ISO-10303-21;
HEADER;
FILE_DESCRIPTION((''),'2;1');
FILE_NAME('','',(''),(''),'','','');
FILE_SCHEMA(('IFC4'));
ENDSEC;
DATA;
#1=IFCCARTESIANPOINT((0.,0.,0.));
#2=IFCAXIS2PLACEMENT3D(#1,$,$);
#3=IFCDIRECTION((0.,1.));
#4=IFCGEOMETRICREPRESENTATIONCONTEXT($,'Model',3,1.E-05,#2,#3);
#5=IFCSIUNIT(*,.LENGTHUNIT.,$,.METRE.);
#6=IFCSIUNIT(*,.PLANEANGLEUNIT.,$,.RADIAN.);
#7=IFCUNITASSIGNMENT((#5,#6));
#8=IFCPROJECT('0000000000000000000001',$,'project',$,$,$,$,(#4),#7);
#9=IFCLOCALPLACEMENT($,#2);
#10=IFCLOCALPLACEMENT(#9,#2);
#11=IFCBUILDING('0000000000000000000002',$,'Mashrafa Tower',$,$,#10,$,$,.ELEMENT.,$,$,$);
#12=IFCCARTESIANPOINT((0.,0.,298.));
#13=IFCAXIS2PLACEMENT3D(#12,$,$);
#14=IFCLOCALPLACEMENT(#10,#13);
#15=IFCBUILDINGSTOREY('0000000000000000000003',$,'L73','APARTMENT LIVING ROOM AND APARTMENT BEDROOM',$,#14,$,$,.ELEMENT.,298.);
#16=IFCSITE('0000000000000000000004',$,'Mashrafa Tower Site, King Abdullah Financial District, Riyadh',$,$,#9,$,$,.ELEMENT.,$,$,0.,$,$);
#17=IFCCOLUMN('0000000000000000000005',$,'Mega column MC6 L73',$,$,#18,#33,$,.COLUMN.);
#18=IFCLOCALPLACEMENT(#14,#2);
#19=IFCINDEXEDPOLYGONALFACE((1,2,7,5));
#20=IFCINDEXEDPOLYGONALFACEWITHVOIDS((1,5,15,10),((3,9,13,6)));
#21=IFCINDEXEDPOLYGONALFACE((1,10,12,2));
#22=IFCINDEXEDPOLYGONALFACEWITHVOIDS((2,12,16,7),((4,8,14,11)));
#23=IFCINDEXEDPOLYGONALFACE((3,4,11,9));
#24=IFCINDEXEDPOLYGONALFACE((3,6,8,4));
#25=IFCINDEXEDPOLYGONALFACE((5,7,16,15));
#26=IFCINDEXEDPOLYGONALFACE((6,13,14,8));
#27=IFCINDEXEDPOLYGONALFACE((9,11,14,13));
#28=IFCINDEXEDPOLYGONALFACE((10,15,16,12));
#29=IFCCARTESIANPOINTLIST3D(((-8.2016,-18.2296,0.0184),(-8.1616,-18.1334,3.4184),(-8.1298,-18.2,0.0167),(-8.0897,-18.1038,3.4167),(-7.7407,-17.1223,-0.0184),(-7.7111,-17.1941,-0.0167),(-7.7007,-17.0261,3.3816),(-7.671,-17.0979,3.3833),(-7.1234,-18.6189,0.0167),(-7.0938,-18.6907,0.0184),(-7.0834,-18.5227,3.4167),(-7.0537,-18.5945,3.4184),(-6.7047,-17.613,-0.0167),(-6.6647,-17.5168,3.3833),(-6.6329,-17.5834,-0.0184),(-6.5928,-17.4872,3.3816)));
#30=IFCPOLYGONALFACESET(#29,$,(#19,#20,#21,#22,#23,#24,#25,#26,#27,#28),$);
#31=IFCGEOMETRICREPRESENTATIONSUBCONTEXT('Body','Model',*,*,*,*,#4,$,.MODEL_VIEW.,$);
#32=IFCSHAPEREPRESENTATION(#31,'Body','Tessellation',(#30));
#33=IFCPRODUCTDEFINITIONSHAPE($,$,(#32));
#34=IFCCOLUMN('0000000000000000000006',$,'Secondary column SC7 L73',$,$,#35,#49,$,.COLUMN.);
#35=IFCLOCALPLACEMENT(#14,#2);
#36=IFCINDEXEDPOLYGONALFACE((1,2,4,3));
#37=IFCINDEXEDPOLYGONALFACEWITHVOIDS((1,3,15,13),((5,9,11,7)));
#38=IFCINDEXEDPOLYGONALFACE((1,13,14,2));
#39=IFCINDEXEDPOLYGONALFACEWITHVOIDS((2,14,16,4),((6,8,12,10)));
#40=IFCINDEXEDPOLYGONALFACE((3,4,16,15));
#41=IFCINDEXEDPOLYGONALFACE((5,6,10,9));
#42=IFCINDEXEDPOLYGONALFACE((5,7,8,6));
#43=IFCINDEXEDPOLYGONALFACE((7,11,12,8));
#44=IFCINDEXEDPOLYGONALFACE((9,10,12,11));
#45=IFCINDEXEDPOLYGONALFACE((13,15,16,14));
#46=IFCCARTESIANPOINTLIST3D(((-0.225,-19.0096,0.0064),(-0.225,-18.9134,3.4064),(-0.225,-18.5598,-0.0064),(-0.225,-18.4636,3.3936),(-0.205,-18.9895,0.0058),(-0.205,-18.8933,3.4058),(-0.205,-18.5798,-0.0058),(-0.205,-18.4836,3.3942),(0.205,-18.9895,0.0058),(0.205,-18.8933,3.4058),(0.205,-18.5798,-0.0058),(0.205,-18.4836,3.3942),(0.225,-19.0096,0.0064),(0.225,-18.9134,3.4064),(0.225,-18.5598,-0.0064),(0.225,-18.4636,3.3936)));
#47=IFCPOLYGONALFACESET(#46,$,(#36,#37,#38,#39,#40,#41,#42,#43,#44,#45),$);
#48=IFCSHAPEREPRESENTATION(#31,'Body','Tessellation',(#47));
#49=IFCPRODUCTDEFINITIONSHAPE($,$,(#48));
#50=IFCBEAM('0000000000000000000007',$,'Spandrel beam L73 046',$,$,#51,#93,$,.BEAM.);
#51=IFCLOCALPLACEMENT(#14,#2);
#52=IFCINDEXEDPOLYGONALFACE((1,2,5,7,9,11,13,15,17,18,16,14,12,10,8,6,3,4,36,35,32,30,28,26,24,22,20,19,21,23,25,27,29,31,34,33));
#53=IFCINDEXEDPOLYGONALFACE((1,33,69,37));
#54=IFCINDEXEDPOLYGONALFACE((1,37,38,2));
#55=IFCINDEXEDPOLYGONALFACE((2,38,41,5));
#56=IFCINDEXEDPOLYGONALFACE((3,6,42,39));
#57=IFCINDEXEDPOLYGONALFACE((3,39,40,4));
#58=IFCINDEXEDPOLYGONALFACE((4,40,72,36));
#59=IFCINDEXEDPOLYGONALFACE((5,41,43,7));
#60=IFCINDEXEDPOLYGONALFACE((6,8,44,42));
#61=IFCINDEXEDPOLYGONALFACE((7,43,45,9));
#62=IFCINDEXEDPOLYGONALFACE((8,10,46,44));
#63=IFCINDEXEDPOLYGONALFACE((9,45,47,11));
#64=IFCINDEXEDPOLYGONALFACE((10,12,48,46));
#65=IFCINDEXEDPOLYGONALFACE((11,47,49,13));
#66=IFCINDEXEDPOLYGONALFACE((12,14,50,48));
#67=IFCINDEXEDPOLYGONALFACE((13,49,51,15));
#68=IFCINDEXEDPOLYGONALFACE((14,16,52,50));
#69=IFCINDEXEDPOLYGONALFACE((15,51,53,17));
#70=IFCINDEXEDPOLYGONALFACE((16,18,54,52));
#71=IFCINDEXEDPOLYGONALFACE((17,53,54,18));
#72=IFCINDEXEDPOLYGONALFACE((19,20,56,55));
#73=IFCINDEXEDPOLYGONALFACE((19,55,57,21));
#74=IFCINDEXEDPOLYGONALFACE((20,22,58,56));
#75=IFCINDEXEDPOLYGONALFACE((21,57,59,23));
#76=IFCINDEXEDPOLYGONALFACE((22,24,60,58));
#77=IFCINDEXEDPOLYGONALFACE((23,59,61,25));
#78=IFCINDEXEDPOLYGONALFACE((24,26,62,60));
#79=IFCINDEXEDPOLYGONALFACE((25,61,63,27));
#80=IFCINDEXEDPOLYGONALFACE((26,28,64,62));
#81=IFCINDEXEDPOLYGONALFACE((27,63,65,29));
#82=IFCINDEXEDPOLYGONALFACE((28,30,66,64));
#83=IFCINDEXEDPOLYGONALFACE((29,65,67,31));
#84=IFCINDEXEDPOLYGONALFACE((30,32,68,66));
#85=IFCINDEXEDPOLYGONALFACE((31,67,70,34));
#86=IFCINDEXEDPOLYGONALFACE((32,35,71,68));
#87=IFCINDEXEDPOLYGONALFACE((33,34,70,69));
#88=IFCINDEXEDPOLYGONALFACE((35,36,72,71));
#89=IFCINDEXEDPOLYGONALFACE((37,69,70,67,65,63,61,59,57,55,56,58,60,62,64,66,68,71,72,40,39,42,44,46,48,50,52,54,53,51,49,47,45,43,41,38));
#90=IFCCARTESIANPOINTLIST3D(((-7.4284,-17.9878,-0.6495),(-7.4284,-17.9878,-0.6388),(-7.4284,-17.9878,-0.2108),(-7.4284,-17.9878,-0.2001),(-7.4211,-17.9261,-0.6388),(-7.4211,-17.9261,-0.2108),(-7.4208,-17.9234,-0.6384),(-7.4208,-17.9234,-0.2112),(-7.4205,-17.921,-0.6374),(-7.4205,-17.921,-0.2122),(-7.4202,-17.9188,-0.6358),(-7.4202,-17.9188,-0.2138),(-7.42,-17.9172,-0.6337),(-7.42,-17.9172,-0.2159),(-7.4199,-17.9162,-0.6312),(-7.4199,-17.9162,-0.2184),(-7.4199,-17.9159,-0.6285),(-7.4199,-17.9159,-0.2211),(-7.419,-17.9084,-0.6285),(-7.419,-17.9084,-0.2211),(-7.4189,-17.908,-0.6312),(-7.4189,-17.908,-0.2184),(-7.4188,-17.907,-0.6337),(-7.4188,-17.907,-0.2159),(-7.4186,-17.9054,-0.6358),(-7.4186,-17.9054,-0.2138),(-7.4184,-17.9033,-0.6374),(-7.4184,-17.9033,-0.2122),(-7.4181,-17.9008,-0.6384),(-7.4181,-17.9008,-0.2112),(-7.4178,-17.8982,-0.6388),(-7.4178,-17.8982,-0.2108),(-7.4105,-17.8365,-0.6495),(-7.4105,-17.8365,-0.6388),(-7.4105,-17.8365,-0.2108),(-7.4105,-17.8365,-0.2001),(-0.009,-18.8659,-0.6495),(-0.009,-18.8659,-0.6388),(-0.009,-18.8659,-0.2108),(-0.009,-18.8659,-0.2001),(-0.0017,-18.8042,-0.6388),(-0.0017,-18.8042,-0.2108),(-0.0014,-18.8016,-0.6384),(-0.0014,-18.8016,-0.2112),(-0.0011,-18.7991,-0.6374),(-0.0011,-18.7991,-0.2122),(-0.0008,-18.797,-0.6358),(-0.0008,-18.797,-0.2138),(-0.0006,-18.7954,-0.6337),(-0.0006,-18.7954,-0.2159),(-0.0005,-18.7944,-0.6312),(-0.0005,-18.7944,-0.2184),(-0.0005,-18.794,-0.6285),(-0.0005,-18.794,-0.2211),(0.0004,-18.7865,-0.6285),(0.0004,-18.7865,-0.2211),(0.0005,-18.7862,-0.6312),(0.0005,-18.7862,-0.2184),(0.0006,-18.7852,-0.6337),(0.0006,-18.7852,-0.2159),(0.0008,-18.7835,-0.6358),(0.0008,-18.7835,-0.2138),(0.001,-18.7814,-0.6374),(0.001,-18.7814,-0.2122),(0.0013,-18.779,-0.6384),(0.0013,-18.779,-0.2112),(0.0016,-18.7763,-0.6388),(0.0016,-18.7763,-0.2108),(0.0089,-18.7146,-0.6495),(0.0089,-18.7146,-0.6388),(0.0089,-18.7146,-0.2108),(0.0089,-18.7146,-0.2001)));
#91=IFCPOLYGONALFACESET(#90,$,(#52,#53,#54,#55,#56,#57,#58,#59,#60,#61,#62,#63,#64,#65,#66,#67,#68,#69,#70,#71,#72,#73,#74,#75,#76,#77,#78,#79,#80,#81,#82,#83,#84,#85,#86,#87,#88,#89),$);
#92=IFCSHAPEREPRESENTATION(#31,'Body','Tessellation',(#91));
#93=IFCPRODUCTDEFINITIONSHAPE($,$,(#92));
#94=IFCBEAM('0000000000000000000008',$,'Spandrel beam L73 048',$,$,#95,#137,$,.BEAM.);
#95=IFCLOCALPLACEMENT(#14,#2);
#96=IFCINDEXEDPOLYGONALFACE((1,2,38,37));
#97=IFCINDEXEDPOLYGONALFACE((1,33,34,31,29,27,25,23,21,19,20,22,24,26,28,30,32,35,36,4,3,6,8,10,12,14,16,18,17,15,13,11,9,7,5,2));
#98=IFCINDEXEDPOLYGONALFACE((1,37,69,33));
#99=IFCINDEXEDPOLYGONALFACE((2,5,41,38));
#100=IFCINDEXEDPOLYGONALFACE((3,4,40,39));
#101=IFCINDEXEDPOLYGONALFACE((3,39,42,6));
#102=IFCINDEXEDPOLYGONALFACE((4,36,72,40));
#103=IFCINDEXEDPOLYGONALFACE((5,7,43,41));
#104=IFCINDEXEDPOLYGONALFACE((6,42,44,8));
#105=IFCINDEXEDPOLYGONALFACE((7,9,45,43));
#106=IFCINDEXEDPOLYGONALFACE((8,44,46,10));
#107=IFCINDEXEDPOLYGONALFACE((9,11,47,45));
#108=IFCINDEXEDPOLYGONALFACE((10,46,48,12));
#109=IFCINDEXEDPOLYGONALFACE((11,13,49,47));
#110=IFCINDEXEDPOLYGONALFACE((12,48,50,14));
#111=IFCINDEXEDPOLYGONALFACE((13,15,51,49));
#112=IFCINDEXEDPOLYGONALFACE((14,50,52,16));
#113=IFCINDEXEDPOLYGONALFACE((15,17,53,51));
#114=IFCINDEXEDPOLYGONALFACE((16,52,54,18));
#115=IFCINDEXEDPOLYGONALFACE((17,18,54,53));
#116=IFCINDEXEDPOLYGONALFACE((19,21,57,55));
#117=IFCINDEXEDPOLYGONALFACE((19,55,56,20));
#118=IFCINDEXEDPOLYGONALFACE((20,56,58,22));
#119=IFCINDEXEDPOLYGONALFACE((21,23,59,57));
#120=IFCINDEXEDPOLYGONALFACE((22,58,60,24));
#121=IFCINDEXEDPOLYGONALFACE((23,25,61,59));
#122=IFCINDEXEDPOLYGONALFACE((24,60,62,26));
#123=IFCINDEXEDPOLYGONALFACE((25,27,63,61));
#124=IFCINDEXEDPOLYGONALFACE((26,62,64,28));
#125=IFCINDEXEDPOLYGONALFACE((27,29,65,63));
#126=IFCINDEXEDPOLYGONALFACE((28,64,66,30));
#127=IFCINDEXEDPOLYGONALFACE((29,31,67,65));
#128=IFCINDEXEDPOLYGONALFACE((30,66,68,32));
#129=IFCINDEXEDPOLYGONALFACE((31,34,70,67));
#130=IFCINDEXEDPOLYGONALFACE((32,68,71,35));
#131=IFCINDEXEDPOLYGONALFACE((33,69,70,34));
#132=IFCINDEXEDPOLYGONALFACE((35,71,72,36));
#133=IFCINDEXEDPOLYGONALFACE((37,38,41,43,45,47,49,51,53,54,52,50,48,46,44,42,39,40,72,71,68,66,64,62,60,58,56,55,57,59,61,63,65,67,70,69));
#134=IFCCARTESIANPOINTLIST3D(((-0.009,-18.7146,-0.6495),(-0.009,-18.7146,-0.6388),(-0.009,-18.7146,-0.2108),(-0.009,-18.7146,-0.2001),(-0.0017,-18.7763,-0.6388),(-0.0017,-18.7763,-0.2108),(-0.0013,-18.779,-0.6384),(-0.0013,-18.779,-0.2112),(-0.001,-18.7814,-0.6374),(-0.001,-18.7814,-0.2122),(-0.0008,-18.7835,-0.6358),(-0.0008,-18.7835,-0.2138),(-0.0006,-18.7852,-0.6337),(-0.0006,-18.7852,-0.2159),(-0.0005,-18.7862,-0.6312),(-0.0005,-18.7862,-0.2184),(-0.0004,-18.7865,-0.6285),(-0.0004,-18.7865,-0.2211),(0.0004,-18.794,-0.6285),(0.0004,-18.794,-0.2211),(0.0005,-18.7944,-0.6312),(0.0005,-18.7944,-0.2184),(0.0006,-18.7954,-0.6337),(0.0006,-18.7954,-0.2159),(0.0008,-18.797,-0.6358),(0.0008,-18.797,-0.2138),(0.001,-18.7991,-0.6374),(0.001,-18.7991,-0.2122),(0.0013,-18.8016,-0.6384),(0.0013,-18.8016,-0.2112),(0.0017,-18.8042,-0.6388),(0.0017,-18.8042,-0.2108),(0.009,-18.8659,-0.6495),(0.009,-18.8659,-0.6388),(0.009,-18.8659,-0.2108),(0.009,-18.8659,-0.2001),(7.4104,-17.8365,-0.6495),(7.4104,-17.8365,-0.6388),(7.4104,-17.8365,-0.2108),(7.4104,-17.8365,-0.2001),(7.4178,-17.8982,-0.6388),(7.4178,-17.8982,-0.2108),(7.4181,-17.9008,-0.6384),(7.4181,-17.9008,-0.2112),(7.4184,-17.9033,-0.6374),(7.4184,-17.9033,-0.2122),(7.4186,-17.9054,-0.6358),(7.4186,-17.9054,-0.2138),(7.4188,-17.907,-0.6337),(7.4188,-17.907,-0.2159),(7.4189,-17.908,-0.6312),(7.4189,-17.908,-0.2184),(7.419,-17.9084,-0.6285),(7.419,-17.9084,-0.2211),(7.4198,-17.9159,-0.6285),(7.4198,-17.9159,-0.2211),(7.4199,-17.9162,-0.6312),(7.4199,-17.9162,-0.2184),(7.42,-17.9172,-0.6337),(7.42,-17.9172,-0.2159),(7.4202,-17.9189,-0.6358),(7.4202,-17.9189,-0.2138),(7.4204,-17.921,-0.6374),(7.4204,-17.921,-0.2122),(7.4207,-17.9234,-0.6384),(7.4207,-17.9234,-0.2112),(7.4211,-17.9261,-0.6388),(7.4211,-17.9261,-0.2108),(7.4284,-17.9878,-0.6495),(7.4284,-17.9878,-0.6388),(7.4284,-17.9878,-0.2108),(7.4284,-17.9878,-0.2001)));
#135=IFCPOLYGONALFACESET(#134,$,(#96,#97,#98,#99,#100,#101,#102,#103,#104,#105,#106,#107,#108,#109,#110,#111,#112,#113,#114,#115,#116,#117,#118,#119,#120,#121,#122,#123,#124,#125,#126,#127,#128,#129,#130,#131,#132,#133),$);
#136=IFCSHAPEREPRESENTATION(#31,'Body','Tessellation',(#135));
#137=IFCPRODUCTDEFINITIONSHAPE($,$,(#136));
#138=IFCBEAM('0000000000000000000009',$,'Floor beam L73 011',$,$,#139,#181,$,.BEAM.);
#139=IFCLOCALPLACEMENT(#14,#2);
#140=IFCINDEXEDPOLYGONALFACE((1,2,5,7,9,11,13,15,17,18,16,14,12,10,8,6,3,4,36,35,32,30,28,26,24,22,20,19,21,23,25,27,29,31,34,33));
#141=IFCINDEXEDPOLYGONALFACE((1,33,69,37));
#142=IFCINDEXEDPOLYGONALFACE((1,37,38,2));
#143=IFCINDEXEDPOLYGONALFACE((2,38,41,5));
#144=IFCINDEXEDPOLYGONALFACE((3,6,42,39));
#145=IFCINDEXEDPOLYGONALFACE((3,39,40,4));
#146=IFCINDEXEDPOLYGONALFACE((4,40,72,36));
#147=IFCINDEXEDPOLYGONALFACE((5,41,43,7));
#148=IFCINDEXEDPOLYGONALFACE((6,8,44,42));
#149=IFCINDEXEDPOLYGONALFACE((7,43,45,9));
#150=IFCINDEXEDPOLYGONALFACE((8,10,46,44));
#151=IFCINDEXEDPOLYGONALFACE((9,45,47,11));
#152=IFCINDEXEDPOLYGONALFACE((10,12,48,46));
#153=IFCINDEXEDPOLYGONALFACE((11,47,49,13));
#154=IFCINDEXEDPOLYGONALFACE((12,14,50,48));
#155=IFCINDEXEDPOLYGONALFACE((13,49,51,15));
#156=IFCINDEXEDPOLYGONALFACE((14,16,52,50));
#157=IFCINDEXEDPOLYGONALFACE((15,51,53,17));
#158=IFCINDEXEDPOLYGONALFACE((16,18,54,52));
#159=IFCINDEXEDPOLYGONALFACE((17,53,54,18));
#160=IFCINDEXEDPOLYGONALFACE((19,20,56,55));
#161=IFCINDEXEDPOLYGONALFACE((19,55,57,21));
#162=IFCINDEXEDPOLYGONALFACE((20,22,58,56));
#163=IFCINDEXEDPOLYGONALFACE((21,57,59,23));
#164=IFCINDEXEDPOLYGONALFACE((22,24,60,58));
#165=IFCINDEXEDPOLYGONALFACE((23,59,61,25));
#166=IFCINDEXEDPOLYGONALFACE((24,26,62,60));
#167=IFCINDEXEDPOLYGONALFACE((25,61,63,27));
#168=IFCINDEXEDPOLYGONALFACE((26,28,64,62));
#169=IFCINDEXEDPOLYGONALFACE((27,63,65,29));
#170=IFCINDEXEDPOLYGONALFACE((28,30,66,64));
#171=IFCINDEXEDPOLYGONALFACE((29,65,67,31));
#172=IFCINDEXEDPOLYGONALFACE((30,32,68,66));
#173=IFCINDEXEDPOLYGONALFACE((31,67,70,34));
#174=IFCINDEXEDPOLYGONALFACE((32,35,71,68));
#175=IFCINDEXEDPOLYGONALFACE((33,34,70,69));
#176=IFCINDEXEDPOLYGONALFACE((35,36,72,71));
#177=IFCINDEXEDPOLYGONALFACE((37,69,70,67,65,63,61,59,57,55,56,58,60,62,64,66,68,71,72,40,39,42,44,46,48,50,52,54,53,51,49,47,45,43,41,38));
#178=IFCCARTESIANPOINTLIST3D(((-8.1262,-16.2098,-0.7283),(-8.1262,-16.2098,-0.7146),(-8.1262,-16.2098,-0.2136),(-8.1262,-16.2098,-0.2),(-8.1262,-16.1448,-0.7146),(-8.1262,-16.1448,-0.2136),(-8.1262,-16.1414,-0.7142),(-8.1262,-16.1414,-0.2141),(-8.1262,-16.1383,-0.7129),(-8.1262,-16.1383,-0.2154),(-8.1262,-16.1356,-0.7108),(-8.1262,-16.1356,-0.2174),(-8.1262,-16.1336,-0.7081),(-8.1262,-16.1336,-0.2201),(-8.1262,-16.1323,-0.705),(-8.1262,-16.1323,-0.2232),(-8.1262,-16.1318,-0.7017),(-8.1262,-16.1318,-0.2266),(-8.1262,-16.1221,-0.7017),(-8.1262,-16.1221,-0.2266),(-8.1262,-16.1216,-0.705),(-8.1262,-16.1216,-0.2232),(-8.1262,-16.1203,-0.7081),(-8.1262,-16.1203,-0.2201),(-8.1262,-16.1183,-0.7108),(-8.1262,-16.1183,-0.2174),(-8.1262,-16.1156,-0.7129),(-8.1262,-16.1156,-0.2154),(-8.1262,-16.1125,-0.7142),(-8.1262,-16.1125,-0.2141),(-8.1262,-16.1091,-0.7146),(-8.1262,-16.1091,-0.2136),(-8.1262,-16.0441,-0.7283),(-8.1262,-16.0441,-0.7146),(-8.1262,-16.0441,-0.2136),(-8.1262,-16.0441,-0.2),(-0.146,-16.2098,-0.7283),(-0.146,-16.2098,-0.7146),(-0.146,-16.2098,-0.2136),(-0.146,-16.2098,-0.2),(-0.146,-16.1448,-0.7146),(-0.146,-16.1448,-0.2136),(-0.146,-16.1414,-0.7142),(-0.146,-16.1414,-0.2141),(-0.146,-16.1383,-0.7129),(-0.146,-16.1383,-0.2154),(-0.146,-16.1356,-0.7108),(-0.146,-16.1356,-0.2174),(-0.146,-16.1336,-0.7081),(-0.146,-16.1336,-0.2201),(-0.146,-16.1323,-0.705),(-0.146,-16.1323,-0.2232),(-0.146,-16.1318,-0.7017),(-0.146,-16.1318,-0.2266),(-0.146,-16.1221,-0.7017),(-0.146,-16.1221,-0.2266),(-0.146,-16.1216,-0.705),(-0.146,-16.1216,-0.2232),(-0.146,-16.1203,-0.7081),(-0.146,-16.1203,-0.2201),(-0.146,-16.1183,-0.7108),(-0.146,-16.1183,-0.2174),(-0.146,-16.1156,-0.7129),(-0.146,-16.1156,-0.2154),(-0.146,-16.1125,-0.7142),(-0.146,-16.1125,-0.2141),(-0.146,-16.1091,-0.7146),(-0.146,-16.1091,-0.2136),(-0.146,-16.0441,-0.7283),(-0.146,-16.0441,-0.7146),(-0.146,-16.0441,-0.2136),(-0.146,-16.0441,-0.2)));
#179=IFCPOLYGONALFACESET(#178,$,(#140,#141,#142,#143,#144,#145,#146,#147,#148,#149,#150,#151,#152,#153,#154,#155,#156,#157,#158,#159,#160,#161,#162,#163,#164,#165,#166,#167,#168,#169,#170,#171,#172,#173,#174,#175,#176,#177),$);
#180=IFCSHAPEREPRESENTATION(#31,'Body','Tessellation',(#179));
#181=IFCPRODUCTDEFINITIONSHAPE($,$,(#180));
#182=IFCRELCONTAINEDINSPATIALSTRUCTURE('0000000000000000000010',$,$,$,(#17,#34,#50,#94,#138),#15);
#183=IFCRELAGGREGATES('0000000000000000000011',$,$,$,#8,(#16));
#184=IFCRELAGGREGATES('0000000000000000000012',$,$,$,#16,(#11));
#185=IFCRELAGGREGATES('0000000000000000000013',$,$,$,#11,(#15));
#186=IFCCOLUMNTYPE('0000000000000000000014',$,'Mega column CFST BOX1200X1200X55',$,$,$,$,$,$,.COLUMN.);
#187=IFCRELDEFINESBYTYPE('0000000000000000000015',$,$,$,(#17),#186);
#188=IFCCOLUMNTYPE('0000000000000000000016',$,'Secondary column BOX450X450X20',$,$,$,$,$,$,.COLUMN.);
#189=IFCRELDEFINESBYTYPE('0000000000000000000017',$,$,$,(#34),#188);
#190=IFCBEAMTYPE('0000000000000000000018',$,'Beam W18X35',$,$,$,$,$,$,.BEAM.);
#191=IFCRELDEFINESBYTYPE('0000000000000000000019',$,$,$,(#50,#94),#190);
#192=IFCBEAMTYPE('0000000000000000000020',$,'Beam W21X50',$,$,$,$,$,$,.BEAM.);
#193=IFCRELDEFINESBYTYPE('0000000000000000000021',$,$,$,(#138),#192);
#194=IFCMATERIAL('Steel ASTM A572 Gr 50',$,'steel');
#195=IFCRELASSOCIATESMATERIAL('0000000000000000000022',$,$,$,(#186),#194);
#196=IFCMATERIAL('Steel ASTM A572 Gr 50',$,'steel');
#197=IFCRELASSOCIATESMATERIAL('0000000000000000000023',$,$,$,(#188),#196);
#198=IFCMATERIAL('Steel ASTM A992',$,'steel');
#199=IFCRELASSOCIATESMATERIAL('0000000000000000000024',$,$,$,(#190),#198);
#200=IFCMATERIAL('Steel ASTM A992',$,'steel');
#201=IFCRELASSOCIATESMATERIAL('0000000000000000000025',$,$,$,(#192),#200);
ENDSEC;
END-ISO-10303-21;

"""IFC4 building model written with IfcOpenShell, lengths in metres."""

from ifc_helpers import new_model, si_unit, direction, frame, origin, origin_2d, place, context, subcontext, project, spatial, hollow_rectangle, i_section, extrude, material, material_profile, profile_set, type_object, element, save


model = new_model("IFC4")

# Units and contexts
model_context = context("Model", 3, precision=1e-05, world=origin(), true_north=direction((0.0, 1.0)))
body_context = subcontext(model_context, "Body", "Model", "MODEL_VIEW")
ifc_project = project(units=[si_unit("LENGTHUNIT", "METRE"), si_unit("PLANEANGLEUNIT", "RADIAN")], contexts=[model_context])

# Site, building, storey
site_placement = place(None, origin())
site = spatial("IfcSite", under=ifc_project, at=site_placement, Name="Mashrafa Tower Site, King Abdullah Financial District, Riyadh", CompositionType="ELEMENT", RefElevation=0.0)
building_placement = place(site_placement, origin())
building = spatial("IfcBuilding", under=site, at=building_placement, Name="Mashrafa Tower", CompositionType="ELEMENT")
storey_placement = place(building_placement, frame((0.0, 0.0, 298.0)))
storey = spatial("IfcBuildingStorey", under=building, at=storey_placement, Name="L73", Description="APARTMENT LIVING ROOM AND APARTMENT BEDROOM", CompositionType="ELEMENT", Elevation=298.0)

# Columns
ifc_material_1 = material(Name="Steel ASTM A572 Gr 50", Category="steel")
ifc_material_profile_1 = material_profile(ifc_material_1, hollow_rectangle(XDim=1.2, YDim=1.2, WallThickness=0.0549, at=origin_2d()), Name="BOX1200X1200X55")
ifc_profile_set_1 = profile_set([ifc_material_profile_1], Name="Steel ASTM A572 Gr 50")
column_type_1 = type_object("IfcColumnType", Name="Mega column CFST BOX1200X1200X55", PredefinedType="COLUMN", material=ifc_profile_set_1)
column_1_placement = place(storey_placement, frame((-7.4172, -17.9065, 0.0), z_axis=(0.011771, 0.028279, 0.999531), x_axis=(-0.923216, 0.384283, 0.0)))
element("IfcColumn", 1, at=column_1_placement, inside=storey, type_object=column_type_1, Name="Mega column MC6 L73", PredefinedType="COLUMN", context=body_context, shape_type="SweptSolid", body=[
    extrude(hollow_rectangle(XDim=1.2, YDim=1.2, WallThickness=0.0549, at=origin_2d()), origin(), (0.0, 0.0, 1.0), 3.4016),
])
ifc_material_2 = material(Name="Steel ASTM A572 Gr 50", Category="steel")
ifc_material_profile_2 = material_profile(ifc_material_2, hollow_rectangle(XDim=0.45, YDim=0.45, WallThickness=0.02, at=origin_2d()), Name="BOX450X450X20")
ifc_profile_set_2 = profile_set([ifc_material_profile_2], Name="Steel ASTM A572 Gr 50")
column_type_2 = type_object("IfcColumnType", Name="Secondary column BOX450X450X20", PredefinedType="COLUMN", material=ifc_profile_set_2)
column_2_placement = place(storey_placement, frame((0.0, -18.7847, 0.0), z_axis=(0.0, 0.028281, 0.9996), x_axis=(-1.0, 0.0, 0.0)))
element("IfcColumn", 2, at=column_2_placement, inside=storey, type_object=column_type_2, Name="Secondary column SC7 L73", PredefinedType="COLUMN", context=body_context, shape_type="SweptSolid", body=[
    extrude(hollow_rectangle(XDim=0.45, YDim=0.45, WallThickness=0.02, at=origin_2d()), origin(), (0.0, 0.0, 1.0), 3.4014),
])

# Beams
ifc_material_3 = material(Name="Steel ASTM A992", Category="steel")
ifc_material_profile_3 = material_profile(ifc_material_3, i_section(OverallWidth=0.1523, OverallDepth=0.4495, WebThickness=0.0076, FlangeThickness=0.0107, FilletRadius=0.0103, at=origin_2d()), Name="W18X35")
ifc_profile_set_3 = profile_set([ifc_material_profile_3], Name="Steel ASTM A992")
beam_type_1 = type_object("IfcBeamType", Name="Beam W18X35", PredefinedType="BEAM", material=ifc_profile_set_3)
for number, where, z_axis, x_axis, name in (
    (3, (-7.4194, -17.9121, -0.4248), (0.993068, -0.117541, 0.0), (0.117541, 0.993068, 0.0), "Spandrel beam L73 046"),
    (4, (0.0, -18.7903, -0.4248), (0.993068, 0.117541, 0.0), (-0.117541, 0.993068, 0.0), "Spandrel beam L73 048"),
):
    element("IfcBeam", number, at=place(storey_placement, frame(where, z_axis=z_axis, x_axis=x_axis)), inside=storey, type_object=beam_type_1, Name=name, PredefinedType="BEAM", context=body_context, shape_type="SweptSolid", body=[
        extrude(i_section(OverallWidth=0.1523, OverallDepth=0.4495, WebThickness=0.0076, FlangeThickness=0.0107, FilletRadius=0.0103, at=origin_2d()), origin(), (0.0, 0.0, 1.0), 7.4712),
    ])
ifc_material_4 = material(Name="Steel ASTM A992", Category="steel")
ifc_material_profile_4 = material_profile(ifc_material_4, i_section(OverallWidth=0.1658, OverallDepth=0.5283, WebThickness=0.0098, FlangeThickness=0.0137, FilletRadius=0.0129, at=origin_2d()), Name="W21X50")
ifc_profile_set_4 = profile_set([ifc_material_profile_4], Name="Steel ASTM A992")
beam_type_2 = type_object("IfcBeamType", Name="Beam W21X50", PredefinedType="BEAM", material=ifc_profile_set_4)
beam_placement = place(storey_placement, frame((-0.146, -16.127, -0.4641), z_axis=(-1.0, 0.0, 0.0), x_axis=(0.0, -1.0, 0.0)))
element("IfcBeam", 5, at=beam_placement, inside=storey, type_object=beam_type_2, Name="Floor beam L73 011", PredefinedType="BEAM", context=body_context, shape_type="SweptSolid", body=[
    extrude(i_section(OverallWidth=0.1658, OverallDepth=0.5283, WebThickness=0.0098, FlangeThickness=0.0137, FilletRadius=0.0129, at=origin_2d()), origin(), (0.0, 0.0, 1.0), 7.9802),
])

save(model, "model.ifc")
